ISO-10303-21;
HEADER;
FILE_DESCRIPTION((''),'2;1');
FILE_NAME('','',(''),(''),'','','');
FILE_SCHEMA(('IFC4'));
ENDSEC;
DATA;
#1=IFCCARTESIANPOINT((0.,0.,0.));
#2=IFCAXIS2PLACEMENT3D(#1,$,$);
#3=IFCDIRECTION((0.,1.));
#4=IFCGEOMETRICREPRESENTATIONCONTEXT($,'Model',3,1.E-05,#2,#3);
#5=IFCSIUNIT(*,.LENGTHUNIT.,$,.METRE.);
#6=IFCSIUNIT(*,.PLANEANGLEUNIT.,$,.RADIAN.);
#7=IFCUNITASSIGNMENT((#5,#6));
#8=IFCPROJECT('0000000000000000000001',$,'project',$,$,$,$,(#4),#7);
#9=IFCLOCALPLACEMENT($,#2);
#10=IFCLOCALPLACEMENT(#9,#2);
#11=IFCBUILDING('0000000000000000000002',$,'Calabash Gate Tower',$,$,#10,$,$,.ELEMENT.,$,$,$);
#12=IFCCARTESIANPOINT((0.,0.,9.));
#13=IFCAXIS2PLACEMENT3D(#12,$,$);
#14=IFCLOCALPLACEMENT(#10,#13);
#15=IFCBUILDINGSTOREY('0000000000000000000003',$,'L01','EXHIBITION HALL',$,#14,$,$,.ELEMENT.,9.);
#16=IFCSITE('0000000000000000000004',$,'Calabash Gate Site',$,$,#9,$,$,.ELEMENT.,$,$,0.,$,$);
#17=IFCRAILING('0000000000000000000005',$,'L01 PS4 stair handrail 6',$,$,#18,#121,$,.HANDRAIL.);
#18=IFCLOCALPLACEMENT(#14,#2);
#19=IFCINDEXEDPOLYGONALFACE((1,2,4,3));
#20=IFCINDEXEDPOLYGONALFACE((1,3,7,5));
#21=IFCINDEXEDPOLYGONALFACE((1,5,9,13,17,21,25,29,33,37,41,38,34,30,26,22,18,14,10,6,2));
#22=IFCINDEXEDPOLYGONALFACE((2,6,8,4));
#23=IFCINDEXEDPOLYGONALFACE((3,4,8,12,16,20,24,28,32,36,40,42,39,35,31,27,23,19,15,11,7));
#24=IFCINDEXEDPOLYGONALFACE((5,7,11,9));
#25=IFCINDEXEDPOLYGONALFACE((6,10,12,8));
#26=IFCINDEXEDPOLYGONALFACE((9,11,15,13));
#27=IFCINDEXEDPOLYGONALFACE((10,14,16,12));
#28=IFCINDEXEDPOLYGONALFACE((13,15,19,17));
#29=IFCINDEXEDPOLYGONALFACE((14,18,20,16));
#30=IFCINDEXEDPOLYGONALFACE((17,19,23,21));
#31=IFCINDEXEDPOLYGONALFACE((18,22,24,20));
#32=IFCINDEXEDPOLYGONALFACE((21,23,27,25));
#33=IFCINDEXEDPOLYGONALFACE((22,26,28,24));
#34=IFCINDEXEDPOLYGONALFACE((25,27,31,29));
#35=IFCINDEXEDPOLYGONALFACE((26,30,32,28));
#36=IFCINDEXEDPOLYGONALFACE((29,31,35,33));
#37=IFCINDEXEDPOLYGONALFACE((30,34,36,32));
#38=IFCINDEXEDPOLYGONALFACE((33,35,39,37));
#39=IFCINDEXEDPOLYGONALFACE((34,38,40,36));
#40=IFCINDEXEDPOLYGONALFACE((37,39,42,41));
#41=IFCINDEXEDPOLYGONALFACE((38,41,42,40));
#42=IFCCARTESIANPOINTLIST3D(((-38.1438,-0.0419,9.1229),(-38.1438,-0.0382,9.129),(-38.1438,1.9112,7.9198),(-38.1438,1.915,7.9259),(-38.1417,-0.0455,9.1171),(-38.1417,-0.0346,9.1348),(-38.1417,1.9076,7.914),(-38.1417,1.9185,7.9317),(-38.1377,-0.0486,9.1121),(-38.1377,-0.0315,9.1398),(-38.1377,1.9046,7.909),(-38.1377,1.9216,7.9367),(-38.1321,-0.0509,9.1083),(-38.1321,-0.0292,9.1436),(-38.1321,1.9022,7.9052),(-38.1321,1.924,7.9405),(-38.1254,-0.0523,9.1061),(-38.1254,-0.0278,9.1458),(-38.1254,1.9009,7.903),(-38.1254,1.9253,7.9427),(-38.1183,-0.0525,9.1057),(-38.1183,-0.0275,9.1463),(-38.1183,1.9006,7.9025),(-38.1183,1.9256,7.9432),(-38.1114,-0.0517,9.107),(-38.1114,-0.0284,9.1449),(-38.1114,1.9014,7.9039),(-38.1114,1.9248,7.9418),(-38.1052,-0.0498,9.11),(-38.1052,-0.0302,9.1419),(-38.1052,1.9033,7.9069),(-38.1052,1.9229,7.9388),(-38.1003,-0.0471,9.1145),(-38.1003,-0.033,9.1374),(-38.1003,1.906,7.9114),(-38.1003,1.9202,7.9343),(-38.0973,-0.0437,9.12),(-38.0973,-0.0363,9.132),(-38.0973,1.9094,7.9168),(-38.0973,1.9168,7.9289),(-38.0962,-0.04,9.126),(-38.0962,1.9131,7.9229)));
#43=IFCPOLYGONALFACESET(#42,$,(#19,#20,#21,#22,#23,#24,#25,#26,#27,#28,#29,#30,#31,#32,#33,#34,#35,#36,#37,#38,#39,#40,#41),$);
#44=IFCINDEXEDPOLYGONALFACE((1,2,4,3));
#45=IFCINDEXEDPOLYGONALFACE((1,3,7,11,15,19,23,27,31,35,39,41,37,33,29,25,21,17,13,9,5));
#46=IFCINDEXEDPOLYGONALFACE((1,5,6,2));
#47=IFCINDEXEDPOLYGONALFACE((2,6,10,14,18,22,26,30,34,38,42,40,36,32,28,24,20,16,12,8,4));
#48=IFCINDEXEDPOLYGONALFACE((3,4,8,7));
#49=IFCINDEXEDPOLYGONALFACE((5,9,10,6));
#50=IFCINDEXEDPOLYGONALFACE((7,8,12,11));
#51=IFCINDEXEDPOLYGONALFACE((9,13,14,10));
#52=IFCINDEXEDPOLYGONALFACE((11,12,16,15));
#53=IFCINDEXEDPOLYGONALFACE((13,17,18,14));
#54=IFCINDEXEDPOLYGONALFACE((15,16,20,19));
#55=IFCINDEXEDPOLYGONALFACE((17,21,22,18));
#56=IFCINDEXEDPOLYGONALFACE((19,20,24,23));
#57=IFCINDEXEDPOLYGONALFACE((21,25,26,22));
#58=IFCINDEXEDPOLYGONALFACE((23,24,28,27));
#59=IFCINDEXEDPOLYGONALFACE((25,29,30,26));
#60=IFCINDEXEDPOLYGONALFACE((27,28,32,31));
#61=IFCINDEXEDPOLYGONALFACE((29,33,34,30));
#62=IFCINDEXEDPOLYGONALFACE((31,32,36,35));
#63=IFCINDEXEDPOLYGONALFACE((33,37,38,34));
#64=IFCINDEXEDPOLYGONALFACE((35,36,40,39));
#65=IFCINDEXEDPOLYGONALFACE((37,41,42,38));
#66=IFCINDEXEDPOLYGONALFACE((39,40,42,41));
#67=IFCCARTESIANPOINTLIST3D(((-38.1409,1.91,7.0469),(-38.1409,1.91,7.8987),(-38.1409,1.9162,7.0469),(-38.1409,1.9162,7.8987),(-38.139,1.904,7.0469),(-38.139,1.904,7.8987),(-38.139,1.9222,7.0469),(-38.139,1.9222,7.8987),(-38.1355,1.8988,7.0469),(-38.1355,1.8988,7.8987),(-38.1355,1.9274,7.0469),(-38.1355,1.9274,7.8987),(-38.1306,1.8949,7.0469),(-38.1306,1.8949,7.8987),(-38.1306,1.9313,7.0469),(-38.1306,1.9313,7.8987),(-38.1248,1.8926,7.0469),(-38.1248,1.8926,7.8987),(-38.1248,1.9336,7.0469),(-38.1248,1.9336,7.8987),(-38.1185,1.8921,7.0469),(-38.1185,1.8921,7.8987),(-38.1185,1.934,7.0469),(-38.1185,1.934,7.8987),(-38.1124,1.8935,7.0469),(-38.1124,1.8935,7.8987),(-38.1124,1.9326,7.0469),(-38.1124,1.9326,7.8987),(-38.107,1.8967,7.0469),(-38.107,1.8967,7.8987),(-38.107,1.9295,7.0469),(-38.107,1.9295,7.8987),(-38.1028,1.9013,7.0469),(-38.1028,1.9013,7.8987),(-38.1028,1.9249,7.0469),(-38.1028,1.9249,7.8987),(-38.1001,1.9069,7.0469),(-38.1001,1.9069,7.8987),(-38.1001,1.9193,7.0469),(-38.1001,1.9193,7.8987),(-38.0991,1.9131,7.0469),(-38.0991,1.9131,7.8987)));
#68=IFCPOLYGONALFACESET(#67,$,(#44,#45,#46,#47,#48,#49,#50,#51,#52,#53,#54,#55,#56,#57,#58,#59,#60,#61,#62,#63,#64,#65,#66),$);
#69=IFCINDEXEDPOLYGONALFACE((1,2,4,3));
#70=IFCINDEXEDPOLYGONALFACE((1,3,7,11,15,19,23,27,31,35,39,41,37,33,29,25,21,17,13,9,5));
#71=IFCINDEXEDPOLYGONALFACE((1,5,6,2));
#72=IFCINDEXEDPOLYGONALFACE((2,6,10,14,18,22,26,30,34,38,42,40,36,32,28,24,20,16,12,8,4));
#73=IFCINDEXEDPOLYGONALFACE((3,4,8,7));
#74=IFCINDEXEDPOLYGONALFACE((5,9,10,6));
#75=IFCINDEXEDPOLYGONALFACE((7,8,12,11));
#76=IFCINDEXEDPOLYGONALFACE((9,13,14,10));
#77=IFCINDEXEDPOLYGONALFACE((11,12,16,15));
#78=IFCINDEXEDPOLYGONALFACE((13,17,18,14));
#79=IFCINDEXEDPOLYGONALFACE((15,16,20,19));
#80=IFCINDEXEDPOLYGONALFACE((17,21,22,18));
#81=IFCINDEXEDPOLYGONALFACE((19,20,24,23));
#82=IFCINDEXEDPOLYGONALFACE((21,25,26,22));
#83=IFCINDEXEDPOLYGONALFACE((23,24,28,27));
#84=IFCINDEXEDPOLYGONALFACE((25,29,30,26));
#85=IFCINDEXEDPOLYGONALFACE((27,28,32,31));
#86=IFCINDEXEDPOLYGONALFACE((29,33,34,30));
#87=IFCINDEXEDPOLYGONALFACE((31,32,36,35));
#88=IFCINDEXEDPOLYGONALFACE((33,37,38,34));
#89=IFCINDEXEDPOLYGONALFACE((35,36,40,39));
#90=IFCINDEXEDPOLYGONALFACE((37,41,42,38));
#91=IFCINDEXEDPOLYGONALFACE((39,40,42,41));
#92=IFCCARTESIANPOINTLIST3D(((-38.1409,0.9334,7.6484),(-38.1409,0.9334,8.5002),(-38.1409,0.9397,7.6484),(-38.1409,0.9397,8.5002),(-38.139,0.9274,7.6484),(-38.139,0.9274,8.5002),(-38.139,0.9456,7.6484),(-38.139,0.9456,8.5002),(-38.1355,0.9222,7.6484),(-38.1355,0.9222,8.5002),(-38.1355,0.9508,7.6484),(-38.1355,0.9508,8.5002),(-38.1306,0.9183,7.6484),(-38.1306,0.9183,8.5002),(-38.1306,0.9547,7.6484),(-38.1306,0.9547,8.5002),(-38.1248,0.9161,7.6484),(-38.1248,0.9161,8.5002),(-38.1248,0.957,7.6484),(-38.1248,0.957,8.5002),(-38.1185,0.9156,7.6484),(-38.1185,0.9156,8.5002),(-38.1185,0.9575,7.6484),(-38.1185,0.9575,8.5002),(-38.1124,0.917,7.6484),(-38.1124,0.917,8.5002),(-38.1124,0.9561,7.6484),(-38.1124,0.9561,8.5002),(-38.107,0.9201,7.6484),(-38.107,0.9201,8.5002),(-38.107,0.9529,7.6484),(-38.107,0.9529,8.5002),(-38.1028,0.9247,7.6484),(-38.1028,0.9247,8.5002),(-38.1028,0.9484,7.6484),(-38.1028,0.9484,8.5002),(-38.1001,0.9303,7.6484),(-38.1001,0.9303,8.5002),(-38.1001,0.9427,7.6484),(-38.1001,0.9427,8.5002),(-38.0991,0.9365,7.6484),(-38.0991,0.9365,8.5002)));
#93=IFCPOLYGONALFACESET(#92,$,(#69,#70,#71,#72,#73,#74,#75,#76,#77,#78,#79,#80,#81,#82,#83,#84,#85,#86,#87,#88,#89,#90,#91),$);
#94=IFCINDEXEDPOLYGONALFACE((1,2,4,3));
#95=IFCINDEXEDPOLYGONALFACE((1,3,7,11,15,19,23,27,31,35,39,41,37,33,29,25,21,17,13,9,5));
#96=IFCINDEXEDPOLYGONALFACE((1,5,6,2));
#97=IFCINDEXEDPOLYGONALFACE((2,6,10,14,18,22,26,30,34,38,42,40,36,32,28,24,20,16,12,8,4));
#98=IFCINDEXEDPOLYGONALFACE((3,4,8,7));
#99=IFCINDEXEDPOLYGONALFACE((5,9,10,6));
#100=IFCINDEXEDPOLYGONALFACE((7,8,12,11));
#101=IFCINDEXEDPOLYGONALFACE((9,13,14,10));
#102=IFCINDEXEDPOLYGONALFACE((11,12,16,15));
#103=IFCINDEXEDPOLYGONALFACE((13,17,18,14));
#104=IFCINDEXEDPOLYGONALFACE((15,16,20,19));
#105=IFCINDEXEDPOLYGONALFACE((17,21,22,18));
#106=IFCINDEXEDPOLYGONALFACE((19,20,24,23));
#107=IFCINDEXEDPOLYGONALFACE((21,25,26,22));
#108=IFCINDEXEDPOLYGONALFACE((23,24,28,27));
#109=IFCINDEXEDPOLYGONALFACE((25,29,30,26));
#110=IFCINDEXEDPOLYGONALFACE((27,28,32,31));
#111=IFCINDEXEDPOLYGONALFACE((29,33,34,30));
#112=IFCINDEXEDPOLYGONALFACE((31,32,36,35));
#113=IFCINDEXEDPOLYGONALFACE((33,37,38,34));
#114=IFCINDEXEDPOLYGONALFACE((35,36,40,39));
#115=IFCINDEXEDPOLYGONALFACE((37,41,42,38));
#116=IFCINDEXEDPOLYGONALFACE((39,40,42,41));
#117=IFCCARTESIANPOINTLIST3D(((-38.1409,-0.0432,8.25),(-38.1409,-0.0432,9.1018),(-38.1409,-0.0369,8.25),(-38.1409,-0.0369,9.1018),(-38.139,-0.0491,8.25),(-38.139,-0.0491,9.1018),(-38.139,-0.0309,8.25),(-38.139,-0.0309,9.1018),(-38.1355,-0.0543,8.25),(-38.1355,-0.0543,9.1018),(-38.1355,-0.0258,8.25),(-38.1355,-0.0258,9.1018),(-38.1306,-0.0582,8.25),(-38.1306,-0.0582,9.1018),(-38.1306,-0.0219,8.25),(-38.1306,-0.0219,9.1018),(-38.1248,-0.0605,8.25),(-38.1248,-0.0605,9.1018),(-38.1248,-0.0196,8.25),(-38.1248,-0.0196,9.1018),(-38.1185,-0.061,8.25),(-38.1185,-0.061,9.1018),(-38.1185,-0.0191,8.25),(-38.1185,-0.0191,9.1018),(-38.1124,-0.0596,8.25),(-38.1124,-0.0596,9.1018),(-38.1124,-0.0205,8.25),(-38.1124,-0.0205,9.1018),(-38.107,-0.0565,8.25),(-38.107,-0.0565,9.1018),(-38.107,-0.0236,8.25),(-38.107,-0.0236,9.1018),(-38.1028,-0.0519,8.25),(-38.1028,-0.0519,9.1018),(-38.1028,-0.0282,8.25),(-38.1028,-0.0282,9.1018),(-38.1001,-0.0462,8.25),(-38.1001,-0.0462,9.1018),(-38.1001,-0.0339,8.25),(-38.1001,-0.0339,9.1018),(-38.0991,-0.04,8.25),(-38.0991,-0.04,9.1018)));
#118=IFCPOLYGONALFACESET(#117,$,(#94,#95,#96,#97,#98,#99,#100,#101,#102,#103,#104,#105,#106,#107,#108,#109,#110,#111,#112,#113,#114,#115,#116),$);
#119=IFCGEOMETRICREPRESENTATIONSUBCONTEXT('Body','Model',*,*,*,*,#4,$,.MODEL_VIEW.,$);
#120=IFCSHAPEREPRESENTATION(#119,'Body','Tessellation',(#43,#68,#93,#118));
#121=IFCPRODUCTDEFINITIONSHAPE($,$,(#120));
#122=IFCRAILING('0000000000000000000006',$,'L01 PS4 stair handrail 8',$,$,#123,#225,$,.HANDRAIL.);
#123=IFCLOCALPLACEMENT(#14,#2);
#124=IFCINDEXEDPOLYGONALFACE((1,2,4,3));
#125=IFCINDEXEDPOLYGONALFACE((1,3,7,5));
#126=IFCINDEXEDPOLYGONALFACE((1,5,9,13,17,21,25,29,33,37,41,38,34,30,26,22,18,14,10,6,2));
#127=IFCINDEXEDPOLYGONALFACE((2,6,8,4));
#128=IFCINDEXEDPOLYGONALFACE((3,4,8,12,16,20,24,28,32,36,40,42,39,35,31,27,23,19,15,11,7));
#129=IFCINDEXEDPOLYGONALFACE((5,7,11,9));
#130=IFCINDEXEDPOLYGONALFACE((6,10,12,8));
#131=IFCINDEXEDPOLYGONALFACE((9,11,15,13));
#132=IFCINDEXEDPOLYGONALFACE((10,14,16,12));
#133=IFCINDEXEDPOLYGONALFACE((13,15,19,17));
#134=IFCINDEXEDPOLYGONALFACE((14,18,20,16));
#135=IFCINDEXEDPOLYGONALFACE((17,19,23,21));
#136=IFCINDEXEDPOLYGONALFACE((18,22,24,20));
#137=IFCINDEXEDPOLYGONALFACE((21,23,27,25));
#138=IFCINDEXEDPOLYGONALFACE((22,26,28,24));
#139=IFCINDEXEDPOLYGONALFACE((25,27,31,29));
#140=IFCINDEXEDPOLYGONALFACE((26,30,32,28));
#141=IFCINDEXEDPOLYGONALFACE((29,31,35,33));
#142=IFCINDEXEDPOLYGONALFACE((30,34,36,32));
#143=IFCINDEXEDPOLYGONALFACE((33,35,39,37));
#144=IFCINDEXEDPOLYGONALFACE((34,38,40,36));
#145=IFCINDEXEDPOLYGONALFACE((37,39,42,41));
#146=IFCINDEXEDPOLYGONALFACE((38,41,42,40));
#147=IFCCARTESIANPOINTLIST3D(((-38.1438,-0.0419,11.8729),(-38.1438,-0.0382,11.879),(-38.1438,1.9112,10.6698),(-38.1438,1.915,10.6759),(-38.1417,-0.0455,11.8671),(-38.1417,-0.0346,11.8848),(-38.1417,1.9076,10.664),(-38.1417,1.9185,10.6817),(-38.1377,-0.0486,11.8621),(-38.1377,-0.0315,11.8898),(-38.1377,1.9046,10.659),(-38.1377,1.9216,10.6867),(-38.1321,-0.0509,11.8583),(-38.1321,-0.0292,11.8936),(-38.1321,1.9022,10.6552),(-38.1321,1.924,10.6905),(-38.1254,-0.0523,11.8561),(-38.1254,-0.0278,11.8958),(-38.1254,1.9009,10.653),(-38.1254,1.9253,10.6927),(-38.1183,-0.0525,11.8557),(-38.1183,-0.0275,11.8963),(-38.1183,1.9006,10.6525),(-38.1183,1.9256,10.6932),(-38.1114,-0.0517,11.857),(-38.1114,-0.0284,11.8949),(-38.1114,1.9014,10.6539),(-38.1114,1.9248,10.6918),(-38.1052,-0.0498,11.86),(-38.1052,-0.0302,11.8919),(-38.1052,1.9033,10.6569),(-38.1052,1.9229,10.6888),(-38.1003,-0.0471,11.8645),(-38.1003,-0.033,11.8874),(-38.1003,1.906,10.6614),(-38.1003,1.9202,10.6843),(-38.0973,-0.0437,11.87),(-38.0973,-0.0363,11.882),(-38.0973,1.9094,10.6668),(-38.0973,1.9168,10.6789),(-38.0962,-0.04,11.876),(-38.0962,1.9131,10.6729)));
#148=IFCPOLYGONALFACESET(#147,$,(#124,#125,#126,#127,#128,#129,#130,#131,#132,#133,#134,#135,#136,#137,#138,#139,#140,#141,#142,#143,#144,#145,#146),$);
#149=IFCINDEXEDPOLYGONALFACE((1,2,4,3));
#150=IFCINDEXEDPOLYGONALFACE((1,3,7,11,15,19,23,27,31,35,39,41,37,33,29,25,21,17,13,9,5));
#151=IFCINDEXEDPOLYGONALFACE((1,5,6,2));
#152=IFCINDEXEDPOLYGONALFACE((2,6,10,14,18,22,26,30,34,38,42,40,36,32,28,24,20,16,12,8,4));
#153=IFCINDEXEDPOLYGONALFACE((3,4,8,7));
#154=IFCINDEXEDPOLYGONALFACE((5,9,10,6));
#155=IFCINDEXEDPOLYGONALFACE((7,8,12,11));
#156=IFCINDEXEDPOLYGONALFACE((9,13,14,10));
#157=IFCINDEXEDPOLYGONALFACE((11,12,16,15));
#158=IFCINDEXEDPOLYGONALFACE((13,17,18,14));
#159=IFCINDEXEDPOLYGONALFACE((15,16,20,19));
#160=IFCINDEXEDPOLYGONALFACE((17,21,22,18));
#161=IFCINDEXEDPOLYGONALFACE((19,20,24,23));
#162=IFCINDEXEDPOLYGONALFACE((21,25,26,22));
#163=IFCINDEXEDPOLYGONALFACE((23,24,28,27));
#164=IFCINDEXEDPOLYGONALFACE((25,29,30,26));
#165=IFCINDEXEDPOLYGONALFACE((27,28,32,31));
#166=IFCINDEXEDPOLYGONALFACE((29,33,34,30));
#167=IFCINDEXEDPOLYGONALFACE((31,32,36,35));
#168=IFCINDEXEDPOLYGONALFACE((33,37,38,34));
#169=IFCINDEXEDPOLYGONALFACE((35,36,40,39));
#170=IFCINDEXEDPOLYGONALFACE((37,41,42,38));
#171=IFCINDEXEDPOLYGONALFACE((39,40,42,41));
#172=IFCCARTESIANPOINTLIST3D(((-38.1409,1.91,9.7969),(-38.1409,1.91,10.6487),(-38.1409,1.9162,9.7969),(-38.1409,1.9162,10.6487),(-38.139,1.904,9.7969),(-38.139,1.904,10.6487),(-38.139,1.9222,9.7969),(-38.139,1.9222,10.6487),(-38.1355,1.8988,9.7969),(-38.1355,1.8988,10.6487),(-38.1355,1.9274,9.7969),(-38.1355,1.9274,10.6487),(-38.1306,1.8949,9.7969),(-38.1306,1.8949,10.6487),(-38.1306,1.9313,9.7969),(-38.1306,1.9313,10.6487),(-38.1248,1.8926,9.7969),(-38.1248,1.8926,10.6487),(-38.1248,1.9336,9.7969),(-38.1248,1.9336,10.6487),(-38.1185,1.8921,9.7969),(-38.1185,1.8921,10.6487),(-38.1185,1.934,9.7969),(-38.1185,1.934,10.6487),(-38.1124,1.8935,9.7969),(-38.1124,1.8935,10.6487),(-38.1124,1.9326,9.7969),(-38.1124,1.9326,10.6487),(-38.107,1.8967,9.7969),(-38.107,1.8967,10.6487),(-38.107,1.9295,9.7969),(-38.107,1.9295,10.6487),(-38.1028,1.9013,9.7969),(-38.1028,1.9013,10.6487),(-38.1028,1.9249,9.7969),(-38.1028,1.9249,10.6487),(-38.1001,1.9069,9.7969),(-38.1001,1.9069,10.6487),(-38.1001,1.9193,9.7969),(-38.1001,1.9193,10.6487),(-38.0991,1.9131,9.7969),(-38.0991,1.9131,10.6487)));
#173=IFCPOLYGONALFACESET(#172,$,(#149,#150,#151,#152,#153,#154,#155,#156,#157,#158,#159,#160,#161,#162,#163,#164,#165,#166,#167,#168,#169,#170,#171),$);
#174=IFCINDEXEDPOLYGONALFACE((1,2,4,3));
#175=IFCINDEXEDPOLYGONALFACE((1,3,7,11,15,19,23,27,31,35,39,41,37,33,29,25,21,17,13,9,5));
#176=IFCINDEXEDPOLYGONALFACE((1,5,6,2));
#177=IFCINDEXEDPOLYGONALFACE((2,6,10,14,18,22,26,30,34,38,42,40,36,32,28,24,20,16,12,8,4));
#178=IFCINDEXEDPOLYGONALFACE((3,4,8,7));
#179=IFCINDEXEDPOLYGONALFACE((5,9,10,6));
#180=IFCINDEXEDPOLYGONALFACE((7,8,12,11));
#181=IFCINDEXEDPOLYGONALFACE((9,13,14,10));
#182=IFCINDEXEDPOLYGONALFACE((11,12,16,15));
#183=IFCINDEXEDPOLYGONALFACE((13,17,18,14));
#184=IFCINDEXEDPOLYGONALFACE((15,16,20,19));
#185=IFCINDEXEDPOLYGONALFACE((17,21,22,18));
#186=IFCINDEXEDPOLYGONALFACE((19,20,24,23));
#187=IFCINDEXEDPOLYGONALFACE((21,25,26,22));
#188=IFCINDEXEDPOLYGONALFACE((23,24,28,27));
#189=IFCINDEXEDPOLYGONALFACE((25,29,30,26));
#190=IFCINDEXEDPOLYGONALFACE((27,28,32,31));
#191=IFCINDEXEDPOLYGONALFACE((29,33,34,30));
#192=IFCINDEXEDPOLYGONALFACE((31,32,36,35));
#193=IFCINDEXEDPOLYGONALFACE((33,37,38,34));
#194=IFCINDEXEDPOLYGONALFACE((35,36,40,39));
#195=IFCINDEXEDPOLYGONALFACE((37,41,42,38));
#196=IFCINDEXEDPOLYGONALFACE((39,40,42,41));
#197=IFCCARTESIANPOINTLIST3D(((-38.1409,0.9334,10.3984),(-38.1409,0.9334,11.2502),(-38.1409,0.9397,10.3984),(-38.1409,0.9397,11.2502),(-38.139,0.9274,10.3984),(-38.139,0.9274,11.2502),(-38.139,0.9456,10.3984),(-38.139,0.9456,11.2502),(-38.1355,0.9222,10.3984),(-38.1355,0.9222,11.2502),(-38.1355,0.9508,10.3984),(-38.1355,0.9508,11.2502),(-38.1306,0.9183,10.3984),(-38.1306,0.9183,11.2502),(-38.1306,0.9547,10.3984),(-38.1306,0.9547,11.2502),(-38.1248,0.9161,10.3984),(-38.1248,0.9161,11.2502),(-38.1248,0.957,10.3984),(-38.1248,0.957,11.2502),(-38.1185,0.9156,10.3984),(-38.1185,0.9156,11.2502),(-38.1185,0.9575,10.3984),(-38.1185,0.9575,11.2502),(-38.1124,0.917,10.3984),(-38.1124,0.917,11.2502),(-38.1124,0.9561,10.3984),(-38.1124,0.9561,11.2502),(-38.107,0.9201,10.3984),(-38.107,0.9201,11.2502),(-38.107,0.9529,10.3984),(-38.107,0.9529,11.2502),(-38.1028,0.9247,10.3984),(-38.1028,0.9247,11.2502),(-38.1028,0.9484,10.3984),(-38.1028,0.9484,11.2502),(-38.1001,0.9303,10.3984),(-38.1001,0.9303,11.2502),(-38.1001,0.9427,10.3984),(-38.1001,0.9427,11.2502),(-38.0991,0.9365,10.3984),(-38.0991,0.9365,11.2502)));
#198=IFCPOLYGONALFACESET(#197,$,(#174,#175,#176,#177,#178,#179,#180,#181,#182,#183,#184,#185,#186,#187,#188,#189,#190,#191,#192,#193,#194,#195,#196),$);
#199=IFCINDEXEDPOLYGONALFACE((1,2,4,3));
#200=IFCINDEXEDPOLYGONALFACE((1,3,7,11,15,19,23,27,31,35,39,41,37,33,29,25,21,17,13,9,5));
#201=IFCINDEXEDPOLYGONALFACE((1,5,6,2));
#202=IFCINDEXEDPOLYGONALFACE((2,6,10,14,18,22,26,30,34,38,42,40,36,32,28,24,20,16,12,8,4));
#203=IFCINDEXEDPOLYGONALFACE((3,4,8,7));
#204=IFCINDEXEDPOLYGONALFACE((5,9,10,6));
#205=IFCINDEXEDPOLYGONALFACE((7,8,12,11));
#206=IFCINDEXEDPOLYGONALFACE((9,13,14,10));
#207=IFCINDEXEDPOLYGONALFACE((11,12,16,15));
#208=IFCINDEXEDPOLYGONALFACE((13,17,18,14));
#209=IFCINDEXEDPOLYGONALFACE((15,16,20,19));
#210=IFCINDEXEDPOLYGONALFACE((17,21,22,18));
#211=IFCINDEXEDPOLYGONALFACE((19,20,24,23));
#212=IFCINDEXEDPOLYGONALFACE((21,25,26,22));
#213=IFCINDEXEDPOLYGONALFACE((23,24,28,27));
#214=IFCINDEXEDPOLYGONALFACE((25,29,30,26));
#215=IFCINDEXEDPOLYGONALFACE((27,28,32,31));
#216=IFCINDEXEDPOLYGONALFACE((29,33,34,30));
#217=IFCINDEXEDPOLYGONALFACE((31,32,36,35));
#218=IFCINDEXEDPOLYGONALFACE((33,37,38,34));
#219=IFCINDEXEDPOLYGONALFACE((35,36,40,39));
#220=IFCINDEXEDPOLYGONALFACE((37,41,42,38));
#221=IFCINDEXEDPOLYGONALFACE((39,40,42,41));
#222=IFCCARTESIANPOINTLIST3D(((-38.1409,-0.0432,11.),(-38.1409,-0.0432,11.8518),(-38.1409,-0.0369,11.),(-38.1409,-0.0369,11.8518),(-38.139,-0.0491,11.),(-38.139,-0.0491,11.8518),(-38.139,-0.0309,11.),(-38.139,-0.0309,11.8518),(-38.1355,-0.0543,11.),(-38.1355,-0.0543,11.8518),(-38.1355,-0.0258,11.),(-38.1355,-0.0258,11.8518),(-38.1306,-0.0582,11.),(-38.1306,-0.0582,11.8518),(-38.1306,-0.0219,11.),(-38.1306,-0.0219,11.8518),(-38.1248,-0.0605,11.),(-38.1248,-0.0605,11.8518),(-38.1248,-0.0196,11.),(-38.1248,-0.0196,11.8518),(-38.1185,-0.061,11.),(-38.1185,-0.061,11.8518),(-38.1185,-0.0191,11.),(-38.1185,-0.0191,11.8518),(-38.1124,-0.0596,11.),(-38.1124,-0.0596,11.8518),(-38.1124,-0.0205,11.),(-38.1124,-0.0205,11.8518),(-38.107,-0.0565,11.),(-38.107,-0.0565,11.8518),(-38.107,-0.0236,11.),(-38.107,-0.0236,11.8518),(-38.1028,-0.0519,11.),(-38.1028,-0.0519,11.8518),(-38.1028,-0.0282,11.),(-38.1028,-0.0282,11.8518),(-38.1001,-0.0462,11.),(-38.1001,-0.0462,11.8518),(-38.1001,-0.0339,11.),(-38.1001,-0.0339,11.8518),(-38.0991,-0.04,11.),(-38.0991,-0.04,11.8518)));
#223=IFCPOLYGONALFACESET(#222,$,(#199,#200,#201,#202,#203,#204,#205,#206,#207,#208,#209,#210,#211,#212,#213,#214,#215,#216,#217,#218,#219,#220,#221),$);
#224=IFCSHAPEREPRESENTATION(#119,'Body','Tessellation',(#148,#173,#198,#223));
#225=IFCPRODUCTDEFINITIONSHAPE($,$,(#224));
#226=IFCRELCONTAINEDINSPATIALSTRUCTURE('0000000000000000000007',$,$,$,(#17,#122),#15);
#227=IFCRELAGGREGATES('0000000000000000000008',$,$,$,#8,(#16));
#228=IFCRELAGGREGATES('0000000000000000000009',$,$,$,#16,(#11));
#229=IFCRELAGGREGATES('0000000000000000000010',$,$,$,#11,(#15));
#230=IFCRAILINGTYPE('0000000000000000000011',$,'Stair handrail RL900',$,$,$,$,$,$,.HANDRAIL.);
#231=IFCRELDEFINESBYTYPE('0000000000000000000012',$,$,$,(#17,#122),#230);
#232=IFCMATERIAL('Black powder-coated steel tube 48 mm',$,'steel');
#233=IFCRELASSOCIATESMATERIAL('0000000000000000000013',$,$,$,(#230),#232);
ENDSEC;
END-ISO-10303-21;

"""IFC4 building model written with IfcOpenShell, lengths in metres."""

from ifc_helpers import new_model, si_unit, direction, frame, origin, origin_2d, place, context, subcontext, project, spatial, circle, extrude, material, type_object, element, save


model = new_model("IFC4")

# Units and contexts
model_context = context("Model", 3, precision=1e-05, world=origin(), true_north=direction((0.0, 1.0)))
body_context = subcontext(model_context, "Body", "Model", "MODEL_VIEW")
ifc_project = project(units=[si_unit("LENGTHUNIT", "METRE"), si_unit("PLANEANGLEUNIT", "RADIAN")], contexts=[model_context])

# Site, building, storey
site_placement = place(None, origin())
site = spatial("IfcSite", under=ifc_project, at=site_placement, Name="Calabash Gate Site", CompositionType="ELEMENT", RefElevation=0.0)
building_placement = place(site_placement, origin())
building = spatial("IfcBuilding", under=site, at=building_placement, Name="Calabash Gate Tower", CompositionType="ELEMENT")
storey_placement = place(building_placement, frame((0.0, 0.0, 9.0)))
storey = spatial("IfcBuildingStorey", under=building, at=storey_placement, Name="L01", Description="EXHIBITION HALL", CompositionType="ELEMENT", Elevation=9.0)

# Railings
ifc_material_1 = material(Name="Black powder-coated steel tube 48 mm", Category="steel")
railing_type_1 = type_object("IfcRailingType", Name="Stair handrail RL900", PredefinedType="HANDRAIL", material=ifc_material_1)
for number, where, name in (
    (1, (-38.1201, 1.9131, 7.0469), "L01 PS4 stair handrail 6"),
    (2, (-38.1201, 1.9131, 9.7969), "L01 PS4 stair handrail 8"),
):
    element("IfcRailing", number, at=place(storey_placement, frame(where)), inside=storey, type_object=railing_type_1, Name=name, PredefinedType="HANDRAIL", context=body_context, shape_type="SweptSolid", body=[
        extrude(circle(Radius=0.0239, at=origin_2d()), frame((0.0, 0.0, 0.876), z_axis=(0.0, -0.851424, 0.524477), x_axis=(1.0, 0.0, 0.0)), (0.0, 0.0, 1.0), 2.2939),
        extrude(circle(Radius=0.021, at=origin_2d()), origin(), (0.0, 0.0, 1.0), 0.8518),
        extrude(circle(Radius=0.021, at=origin_2d()), frame((0.0, -0.9766, 0.6016)), (0.0, 0.0, 1.0), 0.8518),
        extrude(circle(Radius=0.021, at=origin_2d()), frame((0.0, -1.9531, 1.2031)), (0.0, 0.0, 1.0), 0.8518),
    ])

save(model, "model.ifc")
